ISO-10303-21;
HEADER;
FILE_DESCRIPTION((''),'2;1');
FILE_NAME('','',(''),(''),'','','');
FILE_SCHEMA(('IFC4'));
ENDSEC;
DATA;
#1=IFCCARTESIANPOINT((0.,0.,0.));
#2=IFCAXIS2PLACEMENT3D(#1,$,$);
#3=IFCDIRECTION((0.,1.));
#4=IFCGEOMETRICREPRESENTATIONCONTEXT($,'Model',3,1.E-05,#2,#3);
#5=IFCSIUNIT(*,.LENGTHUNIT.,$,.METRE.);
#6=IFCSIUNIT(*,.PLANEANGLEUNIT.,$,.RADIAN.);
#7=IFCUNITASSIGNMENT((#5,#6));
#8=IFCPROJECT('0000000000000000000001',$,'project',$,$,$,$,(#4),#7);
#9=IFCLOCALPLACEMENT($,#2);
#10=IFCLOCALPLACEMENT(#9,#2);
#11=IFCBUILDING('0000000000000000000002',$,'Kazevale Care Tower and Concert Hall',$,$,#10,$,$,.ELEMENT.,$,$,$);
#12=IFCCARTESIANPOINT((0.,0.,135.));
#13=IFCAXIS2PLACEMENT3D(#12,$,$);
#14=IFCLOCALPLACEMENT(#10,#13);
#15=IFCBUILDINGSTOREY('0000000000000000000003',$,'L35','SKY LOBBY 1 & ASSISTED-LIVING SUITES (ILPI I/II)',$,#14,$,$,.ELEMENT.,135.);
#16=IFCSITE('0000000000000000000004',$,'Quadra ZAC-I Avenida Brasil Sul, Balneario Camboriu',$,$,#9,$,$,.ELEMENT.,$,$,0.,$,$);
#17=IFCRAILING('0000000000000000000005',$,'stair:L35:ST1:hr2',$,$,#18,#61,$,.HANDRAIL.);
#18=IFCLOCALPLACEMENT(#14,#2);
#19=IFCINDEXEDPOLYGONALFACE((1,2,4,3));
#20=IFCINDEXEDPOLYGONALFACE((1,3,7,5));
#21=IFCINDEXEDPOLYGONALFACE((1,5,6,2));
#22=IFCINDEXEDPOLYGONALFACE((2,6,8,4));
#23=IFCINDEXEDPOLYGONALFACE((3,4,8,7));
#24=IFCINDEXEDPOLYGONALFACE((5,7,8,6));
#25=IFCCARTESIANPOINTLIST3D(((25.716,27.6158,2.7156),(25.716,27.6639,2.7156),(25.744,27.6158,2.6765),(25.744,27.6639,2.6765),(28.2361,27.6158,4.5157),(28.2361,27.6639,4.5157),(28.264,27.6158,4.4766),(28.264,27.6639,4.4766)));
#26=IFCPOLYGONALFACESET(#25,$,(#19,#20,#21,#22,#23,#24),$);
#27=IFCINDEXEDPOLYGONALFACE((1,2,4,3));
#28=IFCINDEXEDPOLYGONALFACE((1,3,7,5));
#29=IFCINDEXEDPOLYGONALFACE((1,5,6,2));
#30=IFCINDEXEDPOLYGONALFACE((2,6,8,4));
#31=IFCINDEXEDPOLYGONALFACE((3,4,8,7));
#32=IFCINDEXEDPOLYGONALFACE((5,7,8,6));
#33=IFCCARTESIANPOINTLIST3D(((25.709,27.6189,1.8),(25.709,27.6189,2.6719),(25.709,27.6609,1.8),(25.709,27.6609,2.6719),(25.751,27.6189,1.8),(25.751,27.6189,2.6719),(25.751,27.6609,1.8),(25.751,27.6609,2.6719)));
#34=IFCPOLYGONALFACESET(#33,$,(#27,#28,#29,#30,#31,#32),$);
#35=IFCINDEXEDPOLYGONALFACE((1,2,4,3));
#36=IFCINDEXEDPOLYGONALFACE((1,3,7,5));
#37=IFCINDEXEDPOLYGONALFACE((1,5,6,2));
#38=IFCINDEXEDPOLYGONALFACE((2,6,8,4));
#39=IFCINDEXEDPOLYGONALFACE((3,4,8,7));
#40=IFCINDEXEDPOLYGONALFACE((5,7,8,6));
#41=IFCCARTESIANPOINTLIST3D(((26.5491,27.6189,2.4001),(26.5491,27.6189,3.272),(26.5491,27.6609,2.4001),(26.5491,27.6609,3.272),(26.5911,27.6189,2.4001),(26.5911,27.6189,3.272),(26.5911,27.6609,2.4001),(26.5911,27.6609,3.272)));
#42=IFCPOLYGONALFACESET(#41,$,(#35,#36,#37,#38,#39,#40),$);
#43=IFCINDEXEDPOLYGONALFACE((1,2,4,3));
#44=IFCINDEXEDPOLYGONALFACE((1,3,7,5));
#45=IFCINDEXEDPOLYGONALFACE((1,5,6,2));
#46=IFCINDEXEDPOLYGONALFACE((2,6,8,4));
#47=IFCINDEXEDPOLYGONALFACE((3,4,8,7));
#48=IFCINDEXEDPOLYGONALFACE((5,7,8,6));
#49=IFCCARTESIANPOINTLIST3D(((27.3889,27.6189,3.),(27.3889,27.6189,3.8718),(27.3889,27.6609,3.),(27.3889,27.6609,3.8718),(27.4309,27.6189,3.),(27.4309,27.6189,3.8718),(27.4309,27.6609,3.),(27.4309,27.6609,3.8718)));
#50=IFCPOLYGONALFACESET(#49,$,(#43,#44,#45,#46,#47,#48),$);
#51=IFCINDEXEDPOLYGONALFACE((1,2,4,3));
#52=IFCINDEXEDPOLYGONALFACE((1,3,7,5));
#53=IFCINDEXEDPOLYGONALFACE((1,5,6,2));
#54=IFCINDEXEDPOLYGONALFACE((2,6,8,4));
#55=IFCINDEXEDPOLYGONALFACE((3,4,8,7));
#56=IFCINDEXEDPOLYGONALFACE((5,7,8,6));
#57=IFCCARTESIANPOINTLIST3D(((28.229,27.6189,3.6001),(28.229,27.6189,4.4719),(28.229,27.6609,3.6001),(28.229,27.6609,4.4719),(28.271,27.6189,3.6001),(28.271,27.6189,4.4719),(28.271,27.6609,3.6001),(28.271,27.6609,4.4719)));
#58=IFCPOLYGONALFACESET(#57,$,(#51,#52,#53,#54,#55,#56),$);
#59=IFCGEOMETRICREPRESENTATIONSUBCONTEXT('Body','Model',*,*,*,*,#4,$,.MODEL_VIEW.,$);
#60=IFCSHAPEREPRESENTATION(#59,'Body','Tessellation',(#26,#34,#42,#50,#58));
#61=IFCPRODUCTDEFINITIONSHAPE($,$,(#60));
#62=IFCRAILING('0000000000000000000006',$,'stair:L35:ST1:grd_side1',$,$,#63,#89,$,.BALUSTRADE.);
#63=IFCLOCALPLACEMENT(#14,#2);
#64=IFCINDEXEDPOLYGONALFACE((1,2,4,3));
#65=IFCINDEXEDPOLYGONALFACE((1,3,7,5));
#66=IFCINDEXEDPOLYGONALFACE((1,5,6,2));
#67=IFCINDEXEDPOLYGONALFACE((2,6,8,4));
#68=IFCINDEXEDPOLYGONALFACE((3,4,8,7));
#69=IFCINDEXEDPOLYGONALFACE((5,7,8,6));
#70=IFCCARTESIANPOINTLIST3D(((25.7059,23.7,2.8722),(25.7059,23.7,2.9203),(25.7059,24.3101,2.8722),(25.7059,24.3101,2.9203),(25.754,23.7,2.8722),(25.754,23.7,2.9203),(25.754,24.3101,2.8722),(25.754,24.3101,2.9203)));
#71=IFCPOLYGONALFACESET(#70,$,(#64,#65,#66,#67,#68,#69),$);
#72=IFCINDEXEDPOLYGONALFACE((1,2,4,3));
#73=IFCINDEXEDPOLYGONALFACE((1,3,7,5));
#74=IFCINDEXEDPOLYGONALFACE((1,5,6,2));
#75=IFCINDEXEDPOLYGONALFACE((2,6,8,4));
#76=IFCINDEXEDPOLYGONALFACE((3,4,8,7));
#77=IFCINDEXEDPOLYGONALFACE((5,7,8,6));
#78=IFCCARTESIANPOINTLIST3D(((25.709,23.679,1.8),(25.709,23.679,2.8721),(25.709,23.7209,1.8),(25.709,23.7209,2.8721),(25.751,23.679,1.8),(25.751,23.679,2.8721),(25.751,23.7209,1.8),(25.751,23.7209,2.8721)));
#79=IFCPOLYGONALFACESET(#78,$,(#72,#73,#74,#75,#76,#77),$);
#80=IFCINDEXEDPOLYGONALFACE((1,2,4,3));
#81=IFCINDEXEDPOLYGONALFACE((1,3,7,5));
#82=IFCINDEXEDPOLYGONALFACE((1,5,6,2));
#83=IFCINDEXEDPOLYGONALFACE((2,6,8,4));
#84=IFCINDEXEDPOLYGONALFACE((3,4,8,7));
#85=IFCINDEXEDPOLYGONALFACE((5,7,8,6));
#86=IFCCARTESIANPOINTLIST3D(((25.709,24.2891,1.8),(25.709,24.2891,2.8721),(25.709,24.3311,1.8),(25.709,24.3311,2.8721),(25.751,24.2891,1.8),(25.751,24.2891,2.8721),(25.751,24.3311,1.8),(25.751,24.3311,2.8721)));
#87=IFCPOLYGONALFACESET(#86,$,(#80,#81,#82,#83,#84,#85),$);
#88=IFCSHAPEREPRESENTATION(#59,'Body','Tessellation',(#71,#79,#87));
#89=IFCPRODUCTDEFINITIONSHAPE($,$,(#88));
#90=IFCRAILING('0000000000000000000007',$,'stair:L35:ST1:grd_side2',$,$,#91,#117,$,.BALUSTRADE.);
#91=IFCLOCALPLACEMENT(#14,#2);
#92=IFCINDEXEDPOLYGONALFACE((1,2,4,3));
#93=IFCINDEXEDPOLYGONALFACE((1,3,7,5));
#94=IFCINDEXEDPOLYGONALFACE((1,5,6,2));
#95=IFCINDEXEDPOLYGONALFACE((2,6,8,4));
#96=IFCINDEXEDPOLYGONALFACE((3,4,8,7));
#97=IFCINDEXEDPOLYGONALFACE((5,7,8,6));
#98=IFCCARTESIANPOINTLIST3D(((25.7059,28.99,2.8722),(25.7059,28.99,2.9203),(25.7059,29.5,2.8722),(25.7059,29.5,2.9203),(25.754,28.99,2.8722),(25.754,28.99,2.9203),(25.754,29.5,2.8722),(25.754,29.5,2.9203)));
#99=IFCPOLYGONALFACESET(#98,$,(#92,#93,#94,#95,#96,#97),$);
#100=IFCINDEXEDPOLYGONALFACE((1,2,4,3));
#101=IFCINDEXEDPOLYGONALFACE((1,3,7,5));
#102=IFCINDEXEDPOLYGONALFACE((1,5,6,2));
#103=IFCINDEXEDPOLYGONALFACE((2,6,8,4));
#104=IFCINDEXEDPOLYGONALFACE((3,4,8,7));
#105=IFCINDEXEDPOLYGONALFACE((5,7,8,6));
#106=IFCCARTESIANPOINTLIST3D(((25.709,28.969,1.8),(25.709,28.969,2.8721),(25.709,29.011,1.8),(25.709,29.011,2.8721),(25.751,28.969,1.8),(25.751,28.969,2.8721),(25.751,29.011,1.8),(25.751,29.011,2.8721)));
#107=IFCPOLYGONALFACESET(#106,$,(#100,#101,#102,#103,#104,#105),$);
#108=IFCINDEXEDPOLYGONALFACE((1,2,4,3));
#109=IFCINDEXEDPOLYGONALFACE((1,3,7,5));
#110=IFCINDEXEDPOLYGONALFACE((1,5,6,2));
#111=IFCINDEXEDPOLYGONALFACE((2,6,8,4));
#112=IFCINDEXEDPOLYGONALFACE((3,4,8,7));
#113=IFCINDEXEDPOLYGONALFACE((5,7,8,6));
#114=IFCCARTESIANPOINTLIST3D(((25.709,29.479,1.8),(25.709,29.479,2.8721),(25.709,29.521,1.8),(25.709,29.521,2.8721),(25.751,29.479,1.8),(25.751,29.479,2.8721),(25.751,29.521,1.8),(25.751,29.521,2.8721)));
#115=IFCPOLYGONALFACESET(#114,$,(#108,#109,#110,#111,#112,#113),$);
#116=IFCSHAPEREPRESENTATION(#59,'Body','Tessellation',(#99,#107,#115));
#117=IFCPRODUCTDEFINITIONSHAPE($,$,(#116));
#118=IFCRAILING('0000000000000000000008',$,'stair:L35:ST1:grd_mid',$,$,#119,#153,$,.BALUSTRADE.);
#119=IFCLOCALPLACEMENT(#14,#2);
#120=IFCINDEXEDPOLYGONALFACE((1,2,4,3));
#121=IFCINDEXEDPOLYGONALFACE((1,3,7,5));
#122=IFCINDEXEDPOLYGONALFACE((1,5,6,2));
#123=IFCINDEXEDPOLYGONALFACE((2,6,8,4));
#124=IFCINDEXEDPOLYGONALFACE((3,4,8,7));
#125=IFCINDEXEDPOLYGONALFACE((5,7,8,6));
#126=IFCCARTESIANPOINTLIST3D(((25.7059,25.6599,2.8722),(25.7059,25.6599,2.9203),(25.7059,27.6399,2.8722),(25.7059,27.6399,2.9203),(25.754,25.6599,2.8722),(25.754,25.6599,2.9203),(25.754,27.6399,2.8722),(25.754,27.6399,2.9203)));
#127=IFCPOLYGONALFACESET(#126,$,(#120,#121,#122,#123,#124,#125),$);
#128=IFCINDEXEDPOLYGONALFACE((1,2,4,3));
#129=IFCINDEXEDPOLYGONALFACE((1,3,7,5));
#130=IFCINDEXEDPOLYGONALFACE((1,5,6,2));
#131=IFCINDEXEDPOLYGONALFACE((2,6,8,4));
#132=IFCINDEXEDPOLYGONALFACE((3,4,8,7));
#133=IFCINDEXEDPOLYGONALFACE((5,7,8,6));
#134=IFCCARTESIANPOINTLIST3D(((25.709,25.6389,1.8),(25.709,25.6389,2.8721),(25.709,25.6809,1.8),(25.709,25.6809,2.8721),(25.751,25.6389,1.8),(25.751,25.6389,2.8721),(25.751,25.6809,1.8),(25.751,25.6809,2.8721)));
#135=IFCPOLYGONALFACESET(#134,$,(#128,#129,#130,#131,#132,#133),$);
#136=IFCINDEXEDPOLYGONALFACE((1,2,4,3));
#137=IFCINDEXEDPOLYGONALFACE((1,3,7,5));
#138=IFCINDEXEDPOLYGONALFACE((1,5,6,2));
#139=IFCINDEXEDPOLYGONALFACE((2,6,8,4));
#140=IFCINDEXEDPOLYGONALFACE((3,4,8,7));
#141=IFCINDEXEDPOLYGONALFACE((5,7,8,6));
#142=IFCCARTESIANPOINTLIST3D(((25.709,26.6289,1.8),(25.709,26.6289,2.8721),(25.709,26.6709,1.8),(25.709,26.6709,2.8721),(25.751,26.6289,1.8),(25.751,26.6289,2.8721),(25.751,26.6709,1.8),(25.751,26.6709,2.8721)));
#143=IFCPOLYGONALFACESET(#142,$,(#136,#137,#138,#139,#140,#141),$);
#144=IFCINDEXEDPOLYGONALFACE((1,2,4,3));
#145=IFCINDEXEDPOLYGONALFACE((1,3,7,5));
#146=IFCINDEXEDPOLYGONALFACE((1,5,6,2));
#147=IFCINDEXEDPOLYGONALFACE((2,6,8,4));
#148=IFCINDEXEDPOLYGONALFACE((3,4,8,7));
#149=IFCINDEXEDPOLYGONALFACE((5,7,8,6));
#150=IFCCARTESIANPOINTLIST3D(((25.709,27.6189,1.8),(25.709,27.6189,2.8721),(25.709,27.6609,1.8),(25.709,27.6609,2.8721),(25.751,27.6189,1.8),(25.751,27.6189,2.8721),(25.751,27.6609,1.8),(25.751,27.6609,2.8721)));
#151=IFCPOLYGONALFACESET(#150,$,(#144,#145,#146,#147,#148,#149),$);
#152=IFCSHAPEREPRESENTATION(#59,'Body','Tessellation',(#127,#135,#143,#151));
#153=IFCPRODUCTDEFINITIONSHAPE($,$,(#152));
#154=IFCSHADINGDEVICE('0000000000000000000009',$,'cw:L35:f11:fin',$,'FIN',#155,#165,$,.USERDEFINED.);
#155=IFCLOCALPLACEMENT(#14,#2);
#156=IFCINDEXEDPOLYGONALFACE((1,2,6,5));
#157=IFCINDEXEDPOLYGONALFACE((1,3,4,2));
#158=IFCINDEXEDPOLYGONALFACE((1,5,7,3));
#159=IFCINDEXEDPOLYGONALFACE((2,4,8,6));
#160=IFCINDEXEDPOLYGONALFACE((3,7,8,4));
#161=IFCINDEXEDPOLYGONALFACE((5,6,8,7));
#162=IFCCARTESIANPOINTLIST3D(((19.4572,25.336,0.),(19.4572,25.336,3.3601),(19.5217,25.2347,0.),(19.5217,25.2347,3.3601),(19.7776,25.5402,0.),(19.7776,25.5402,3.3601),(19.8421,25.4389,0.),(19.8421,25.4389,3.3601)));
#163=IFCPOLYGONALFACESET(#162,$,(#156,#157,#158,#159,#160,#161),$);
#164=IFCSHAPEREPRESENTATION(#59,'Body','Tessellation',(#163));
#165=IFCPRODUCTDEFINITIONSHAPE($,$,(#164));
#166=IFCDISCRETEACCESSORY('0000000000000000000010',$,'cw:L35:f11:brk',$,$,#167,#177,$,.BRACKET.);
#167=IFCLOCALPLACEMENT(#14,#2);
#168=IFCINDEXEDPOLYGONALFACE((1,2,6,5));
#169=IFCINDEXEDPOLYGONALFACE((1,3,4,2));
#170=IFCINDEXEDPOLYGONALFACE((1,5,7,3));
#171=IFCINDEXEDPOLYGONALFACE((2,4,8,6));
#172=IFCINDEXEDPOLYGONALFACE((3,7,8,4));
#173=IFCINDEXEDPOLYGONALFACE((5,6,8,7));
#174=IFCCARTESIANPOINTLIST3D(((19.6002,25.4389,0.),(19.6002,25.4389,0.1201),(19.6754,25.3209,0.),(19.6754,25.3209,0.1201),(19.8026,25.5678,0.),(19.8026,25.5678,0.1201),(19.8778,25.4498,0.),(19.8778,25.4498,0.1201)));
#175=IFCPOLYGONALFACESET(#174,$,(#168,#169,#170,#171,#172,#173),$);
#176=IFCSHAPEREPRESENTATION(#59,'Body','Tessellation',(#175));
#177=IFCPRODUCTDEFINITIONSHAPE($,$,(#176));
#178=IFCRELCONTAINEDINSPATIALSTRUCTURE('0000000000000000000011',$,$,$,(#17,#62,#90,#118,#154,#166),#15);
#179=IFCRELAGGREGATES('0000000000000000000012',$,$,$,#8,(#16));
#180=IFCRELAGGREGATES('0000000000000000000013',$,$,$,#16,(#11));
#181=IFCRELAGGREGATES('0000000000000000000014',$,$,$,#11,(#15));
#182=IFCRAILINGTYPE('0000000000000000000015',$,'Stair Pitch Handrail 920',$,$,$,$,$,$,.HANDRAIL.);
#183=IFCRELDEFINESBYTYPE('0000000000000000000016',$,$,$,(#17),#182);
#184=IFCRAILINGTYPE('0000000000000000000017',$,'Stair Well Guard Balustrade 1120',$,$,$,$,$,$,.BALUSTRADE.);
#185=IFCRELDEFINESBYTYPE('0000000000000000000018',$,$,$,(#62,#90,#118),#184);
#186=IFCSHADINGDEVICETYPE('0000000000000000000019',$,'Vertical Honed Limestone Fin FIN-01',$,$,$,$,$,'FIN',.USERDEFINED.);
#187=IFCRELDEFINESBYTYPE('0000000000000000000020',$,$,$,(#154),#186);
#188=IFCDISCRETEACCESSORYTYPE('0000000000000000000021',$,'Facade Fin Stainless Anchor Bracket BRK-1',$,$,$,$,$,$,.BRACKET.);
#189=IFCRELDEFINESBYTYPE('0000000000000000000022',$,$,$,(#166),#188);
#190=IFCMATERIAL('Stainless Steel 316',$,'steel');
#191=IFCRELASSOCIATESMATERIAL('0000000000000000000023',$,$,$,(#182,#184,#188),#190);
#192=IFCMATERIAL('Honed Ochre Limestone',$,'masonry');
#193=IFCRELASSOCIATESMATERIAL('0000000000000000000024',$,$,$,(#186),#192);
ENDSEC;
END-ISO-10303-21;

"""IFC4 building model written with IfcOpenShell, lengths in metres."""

from ifc_helpers import new_model, si_unit, direction, frame, origin, origin_2d, place, context, subcontext, project, spatial, rectangle, extrude, material, type_object, element, save


model = new_model("IFC4")

# Units and contexts
model_context = context("Model", 3, precision=1e-05, world=origin(), true_north=direction((0.0, 1.0)))
body_context = subcontext(model_context, "Body", "Model", "MODEL_VIEW")
ifc_project = project(units=[si_unit("LENGTHUNIT", "METRE"), si_unit("PLANEANGLEUNIT", "RADIAN")], contexts=[model_context])

# Site, building, storey
site_placement = place(None, origin())
site = spatial("IfcSite", under=ifc_project, at=site_placement, Name="Quadra ZAC-I Avenida Brasil Sul, Balneario Camboriu", CompositionType="ELEMENT", RefElevation=0.0)
building_placement = place(site_placement, origin())
building = spatial("IfcBuilding", under=site, at=building_placement, Name="Kazevale Care Tower and Concert Hall", CompositionType="ELEMENT")
storey_placement = place(building_placement, frame((0.0, 0.0, 135.0)))
storey = spatial("IfcBuildingStorey", under=building, at=storey_placement, Name="L35", Description="SKY LOBBY 1 & ASSISTED-LIVING SUITES (ILPI I/II)", CompositionType="ELEMENT", Elevation=135.0)

# Railings
ifc_material_1 = material(Name="Stainless Steel 316", Category="steel")
railing_type_1 = type_object("IfcRailingType", Name="Stair Pitch Handrail 920", PredefinedType="HANDRAIL", material=ifc_material_1)
railing_1_placement = place(storey_placement, frame((25.73, 27.6399, 1.8)))
element("IfcRailing", 1, at=railing_1_placement, inside=storey, type_object=railing_type_1, Name="stair:L35:ST1:hr2", PredefinedType="HANDRAIL", context=body_context, shape_type="SweptSolid", body=[
    extrude(rectangle(XDim=0.0481, YDim=0.0481, at=origin_2d()), frame((0.0, 0.0, 0.896), z_axis=(0.813728, 0.0, 0.581246), x_axis=(0.0, 1.0, 0.0)), (0.0, 0.0, 1.0), 3.0969),
    extrude(rectangle(XDim=0.042, YDim=0.042, at=origin_2d()), origin(), (0.0, 0.0, 1.0), 0.8718),
    extrude(rectangle(XDim=0.042, YDim=0.042, at=origin_2d()), frame((0.8401, 0.0, 0.6001)), (0.0, 0.0, 1.0), 0.8718),
    extrude(rectangle(XDim=0.042, YDim=0.042, at=origin_2d()), frame((1.6799, 0.0, 1.2)), (0.0, 0.0, 1.0), 0.8718),
    extrude(rectangle(XDim=0.042, YDim=0.042, at=origin_2d()), frame((2.52, 0.0, 1.8)), (0.0, 0.0, 1.0), 0.8718),
])
railing_type_2 = type_object("IfcRailingType", Name="Stair Well Guard Balustrade 1120", PredefinedType="BALUSTRADE", material=ifc_material_1)
railing_2_placement = place(storey_placement, frame((25.73, 23.7, 1.8)))
element("IfcRailing", 2, at=railing_2_placement, inside=storey, type_object=railing_type_2, Name="stair:L35:ST1:grd_side1", PredefinedType="BALUSTRADE", context=body_context, shape_type="SweptSolid", body=[
    extrude(rectangle(XDim=0.0481, YDim=0.0481, at=origin_2d()), frame((0.0, 0.0, 1.0962), z_axis=(0.0, 1.0, 0.0), x_axis=(-1.0, 0.0, 0.0)), (0.0, 0.0, 1.0), 0.6101),
    extrude(rectangle(XDim=0.042, YDim=0.042, at=origin_2d()), origin(), (0.0, 0.0, 1.0), 1.072),
    extrude(rectangle(XDim=0.042, YDim=0.042, at=origin_2d()), frame((0.0, 0.6101, 0.0)), (0.0, 0.0, 1.0), 1.072),
])
railing_3_placement = place(storey_placement, frame((25.73, 28.99, 1.8)))
element("IfcRailing", 3, at=railing_3_placement, inside=storey, type_object=railing_type_2, Name="stair:L35:ST1:grd_side2", PredefinedType="BALUSTRADE", context=body_context, shape_type="SweptSolid", body=[
    extrude(rectangle(XDim=0.0481, YDim=0.0481, at=origin_2d()), frame((0.0, 0.0, 1.0962), z_axis=(0.0, 1.0, 0.0), x_axis=(-1.0, 0.0, 0.0)), (0.0, 0.0, 1.0), 0.51),
    extrude(rectangle(XDim=0.042, YDim=0.042, at=origin_2d()), origin(), (0.0, 0.0, 1.0), 1.072),
    extrude(rectangle(XDim=0.042, YDim=0.042, at=origin_2d()), frame((0.0, 0.51, 0.0)), (0.0, 0.0, 1.0), 1.072),
])
railing_4_placement = place(storey_placement, frame((25.73, 25.6599, 1.8)))
element("IfcRailing", 4, at=railing_4_placement, inside=storey, type_object=railing_type_2, Name="stair:L35:ST1:grd_mid", PredefinedType="BALUSTRADE", context=body_context, shape_type="SweptSolid", body=[
    extrude(rectangle(XDim=0.0481, YDim=0.0481, at=origin_2d()), frame((0.0, 0.0, 1.0962), z_axis=(0.0, 1.0, 0.0), x_axis=(-1.0, 0.0, 0.0)), (0.0, 0.0, 1.0), 1.98),
    extrude(rectangle(XDim=0.042, YDim=0.042, at=origin_2d()), origin(), (0.0, 0.0, 1.0), 1.072),
    extrude(rectangle(XDim=0.042, YDim=0.042, at=origin_2d()), frame((0.0, 0.99, 0.0)), (0.0, 0.0, 1.0), 1.072),
    extrude(rectangle(XDim=0.042, YDim=0.042, at=origin_2d()), frame((0.0, 1.98, 0.0)), (0.0, 0.0, 1.0), 1.072),
])

# Shading device
ifc_material_2 = material(Name="Honed Ochre Limestone", Category="masonry")
shading_device_type = type_object("IfcShadingDeviceType", Name="Vertical Honed Limestone Fin FIN-01", ElementType="FIN", PredefinedType="USERDEFINED", material=ifc_material_2)
shading_device_placement = place(storey_placement, frame((19.6497, 25.3875, 0.0), z_axis=(0.0, 0.0, 1.0), x_axis=(-0.843391, -0.5373, 0.0)))
element("IfcShadingDevice", 5, at=shading_device_placement, inside=storey, type_object=shading_device_type, Name="cw:L35:f11:fin", ObjectType="FIN", PredefinedType="USERDEFINED", context=body_context, shape_type="SweptSolid", body=[
    extrude(rectangle(XDim=0.3799, YDim=0.1201, at=origin_2d()), origin(), (0.0, 0.0, 1.0), 3.3601),
])

# Discrete accessory
discrete_accessory_type = type_object("IfcDiscreteAccessoryType", Name="Facade Fin Stainless Anchor Bracket BRK-1", PredefinedType="BRACKET", material=ifc_material_1)
discrete_accessory_placement = place(storey_placement, frame((19.739, 25.4443, 0.0), z_axis=(0.0, 0.0, 1.0), x_axis=(-0.843391, -0.5373, 0.0)))
element("IfcDiscreteAccessory", 6, at=discrete_accessory_placement, inside=storey, type_object=discrete_accessory_type, Name="cw:L35:f11:brk", PredefinedType="BRACKET", context=body_context, shape_type="SweptSolid", body=[
    extrude(rectangle(XDim=0.24, YDim=0.1399, at=origin_2d()), origin(), (0.0, 0.0, 1.0), 0.1201),
])

save(model, "model.ifc")
